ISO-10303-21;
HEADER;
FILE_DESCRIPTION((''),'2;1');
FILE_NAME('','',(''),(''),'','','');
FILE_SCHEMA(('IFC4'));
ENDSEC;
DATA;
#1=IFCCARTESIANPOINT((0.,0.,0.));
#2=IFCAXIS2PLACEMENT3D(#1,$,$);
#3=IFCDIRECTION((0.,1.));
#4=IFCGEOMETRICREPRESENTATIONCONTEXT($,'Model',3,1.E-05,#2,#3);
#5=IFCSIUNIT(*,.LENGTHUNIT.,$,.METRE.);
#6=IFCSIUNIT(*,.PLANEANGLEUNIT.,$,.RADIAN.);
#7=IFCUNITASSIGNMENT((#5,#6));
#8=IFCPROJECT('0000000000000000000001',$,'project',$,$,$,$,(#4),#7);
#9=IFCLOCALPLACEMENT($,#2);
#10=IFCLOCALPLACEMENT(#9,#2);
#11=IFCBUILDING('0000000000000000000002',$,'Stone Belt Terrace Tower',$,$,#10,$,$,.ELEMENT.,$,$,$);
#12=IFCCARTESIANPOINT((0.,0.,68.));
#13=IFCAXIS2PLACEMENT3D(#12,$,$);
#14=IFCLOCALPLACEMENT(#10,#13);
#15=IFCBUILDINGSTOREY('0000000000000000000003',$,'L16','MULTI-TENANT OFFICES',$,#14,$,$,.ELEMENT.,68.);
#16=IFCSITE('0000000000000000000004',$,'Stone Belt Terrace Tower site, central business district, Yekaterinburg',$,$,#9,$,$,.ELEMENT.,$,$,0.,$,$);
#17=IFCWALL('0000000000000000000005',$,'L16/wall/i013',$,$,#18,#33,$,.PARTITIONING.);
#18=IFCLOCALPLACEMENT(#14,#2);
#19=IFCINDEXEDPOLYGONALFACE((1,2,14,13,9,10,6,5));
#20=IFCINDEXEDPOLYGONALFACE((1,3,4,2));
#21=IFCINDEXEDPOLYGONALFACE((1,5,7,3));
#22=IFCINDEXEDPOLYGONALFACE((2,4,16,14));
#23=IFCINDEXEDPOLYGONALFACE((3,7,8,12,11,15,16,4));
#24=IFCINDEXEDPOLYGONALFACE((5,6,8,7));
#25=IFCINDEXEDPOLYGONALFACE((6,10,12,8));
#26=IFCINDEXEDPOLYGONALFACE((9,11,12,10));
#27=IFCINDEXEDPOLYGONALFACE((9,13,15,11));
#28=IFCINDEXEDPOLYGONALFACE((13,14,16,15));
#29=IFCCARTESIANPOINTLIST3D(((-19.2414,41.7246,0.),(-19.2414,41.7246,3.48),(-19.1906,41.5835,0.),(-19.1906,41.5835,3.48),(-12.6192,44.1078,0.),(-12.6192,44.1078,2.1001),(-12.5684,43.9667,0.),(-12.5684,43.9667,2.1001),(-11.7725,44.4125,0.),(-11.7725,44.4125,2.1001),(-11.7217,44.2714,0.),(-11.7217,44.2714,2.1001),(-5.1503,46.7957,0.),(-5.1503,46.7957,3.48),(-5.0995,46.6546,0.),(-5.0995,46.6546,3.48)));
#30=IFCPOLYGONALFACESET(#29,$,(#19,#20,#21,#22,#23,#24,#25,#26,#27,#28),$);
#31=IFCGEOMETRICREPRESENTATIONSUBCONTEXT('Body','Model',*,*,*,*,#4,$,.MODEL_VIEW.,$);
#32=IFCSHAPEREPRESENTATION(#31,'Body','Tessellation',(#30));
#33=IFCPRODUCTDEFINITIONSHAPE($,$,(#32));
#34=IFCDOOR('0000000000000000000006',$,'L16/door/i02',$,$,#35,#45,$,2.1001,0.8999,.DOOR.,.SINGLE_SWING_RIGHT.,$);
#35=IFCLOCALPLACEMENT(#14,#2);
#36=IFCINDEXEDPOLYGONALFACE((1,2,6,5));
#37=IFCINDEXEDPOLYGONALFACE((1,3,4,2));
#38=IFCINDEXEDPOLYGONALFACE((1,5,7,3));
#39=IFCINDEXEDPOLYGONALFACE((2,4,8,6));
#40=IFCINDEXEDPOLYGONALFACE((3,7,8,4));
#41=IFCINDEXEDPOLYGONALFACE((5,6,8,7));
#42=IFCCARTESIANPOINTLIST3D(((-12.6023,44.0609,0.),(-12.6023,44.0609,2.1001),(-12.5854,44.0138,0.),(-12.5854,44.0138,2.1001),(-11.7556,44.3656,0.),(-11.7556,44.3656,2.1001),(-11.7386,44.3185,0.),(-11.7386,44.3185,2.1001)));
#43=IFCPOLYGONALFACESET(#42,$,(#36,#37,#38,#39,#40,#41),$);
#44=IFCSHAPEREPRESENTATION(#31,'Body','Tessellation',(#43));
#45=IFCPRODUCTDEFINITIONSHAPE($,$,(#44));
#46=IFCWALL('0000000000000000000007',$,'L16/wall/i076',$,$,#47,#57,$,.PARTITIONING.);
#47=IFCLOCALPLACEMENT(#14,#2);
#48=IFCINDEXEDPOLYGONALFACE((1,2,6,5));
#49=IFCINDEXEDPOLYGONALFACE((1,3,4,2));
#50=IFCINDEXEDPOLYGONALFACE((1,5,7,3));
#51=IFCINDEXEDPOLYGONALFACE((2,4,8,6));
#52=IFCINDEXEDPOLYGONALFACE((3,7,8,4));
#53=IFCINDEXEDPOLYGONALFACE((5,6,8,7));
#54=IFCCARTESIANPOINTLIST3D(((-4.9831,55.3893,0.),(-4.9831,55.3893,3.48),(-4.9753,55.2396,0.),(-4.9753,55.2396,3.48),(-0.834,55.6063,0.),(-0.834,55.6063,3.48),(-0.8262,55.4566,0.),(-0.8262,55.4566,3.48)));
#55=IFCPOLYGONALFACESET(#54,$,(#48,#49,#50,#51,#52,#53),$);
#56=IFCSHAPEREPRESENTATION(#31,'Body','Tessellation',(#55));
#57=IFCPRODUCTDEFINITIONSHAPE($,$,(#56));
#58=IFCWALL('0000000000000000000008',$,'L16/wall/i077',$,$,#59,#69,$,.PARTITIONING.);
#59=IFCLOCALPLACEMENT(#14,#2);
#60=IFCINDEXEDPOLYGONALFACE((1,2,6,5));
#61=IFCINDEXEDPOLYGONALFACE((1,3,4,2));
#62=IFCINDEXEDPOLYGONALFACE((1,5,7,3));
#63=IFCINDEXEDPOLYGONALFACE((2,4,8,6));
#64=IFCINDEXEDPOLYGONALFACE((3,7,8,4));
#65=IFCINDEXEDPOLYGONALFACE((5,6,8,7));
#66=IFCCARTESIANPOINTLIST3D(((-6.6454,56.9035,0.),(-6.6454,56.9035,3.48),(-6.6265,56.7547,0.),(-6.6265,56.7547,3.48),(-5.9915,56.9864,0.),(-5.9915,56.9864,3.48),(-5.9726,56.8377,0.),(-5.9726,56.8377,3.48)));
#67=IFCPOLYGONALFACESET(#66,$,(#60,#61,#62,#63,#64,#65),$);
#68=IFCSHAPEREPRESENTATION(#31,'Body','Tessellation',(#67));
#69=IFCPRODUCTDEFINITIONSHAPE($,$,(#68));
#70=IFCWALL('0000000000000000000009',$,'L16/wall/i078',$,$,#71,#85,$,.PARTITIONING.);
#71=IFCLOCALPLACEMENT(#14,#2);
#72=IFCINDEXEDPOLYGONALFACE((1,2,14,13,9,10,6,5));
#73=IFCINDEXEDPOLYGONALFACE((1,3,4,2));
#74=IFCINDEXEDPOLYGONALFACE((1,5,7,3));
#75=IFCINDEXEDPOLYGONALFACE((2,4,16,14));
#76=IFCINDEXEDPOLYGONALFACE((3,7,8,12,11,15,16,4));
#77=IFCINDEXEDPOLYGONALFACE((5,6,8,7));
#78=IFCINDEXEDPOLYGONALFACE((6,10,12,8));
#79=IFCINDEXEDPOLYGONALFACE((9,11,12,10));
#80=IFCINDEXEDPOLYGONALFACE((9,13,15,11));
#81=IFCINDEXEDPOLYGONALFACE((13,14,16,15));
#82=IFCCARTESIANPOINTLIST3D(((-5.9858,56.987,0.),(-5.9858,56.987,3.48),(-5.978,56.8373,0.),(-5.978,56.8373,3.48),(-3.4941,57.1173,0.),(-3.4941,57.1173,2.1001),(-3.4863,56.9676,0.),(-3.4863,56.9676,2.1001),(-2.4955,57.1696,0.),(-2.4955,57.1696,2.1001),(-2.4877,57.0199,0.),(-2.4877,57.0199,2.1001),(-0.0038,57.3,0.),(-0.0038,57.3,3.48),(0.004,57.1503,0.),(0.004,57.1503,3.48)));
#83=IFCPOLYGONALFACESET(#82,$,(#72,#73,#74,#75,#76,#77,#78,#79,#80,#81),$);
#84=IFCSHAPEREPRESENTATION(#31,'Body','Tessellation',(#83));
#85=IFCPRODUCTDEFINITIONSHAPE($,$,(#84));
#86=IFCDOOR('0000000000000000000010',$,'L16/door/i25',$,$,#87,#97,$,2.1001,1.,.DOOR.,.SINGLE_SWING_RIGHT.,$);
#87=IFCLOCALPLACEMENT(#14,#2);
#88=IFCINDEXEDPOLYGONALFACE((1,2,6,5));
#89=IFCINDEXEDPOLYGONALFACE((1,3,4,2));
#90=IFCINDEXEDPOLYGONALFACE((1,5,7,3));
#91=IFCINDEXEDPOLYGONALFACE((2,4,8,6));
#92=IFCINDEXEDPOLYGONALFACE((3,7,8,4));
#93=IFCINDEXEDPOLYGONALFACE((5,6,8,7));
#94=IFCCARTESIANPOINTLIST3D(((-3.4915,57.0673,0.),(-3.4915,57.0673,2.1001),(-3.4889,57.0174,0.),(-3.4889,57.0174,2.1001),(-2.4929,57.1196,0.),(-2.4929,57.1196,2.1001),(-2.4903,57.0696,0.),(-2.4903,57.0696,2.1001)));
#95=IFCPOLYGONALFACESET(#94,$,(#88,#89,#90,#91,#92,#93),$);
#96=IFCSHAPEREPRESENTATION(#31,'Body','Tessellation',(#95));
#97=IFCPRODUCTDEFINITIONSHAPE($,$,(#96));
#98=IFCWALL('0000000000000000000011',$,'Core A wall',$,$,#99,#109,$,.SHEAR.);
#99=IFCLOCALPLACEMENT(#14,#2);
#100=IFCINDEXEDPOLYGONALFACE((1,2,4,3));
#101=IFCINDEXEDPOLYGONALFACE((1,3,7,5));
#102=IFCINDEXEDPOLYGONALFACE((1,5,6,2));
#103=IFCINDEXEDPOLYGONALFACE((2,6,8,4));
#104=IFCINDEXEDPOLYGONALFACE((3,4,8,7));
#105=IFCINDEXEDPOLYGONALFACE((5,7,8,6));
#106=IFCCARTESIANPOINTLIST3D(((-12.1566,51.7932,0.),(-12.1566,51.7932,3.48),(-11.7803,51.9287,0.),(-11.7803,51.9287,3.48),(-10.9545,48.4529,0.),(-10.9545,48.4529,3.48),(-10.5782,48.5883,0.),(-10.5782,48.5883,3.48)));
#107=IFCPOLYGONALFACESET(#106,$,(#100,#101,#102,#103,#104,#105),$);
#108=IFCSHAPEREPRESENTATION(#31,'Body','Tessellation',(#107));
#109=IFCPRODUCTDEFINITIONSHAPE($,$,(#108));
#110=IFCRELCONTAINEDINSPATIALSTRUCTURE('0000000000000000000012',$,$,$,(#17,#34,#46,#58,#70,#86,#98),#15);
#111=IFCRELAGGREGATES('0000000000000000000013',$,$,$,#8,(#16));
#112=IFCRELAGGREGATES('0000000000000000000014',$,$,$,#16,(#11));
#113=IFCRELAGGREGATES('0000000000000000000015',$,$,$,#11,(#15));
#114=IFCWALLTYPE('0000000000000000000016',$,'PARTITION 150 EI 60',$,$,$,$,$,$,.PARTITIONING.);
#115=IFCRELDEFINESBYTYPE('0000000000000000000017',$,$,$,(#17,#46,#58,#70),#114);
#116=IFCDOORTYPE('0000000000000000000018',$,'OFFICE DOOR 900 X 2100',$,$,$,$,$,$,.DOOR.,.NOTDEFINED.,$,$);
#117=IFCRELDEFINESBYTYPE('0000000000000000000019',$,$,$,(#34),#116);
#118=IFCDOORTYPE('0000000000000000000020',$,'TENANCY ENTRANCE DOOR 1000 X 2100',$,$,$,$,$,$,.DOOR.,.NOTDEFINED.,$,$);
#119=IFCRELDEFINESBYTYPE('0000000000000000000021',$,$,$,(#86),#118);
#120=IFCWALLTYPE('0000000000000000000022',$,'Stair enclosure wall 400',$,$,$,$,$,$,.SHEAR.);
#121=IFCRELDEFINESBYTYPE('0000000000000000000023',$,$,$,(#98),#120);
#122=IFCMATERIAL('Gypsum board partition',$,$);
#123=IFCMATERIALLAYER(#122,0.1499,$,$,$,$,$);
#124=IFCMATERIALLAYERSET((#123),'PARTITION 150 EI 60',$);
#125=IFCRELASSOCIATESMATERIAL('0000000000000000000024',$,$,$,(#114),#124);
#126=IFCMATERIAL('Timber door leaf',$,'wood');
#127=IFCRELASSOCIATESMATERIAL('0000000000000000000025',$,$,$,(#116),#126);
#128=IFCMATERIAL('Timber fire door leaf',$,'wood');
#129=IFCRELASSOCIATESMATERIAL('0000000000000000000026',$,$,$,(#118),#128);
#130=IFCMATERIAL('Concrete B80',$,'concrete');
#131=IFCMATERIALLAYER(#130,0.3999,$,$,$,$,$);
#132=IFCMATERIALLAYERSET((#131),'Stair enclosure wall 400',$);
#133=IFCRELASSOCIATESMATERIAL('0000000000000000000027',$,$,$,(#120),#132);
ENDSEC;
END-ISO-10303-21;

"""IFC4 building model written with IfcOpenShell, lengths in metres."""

from ifc_helpers import new_model, si_unit, direction, frame, frame_2d, origin, place, context, subcontext, project, spatial, rectangle, extrude, material, layer, layer_set, type_object, element, fill, save


model = new_model("IFC4")

# Units and contexts
model_context = context("Model", 3, precision=1e-05, world=origin(), true_north=direction((0.0, 1.0)))
body_context = subcontext(model_context, "Body", "Model", "MODEL_VIEW")
ifc_project = project(units=[si_unit("LENGTHUNIT", "METRE"), si_unit("PLANEANGLEUNIT", "RADIAN")], contexts=[model_context])

# Site, building, storey
site_placement = place(None, origin())
site = spatial("IfcSite", under=ifc_project, at=site_placement, Name="Stone Belt Terrace Tower site, central business district, Yekaterinburg", CompositionType="ELEMENT", RefElevation=0.0)
building_placement = place(site_placement, origin())
building = spatial("IfcBuilding", under=site, at=building_placement, Name="Stone Belt Terrace Tower", CompositionType="ELEMENT")
storey_placement = place(building_placement, frame((0.0, 0.0, 68.0)))
storey = spatial("IfcBuildingStorey", under=building, at=storey_placement, Name="L16", Description="MULTI-TENANT OFFICES", CompositionType="ELEMENT", Elevation=68.0)

# Shared definitions
ifc_material_1 = material(Name="Concrete B80", Category="concrete")

# Shared definitions
ifc_material_2 = material(Name="Timber door leaf", Category="wood")

# Shared definitions
ifc_material_3 = material(Name="Gypsum board partition")
ifc_layer_1 = layer(ifc_material_3, 0.1499)
ifc_layer_set_1 = layer_set([ifc_layer_1], Name="PARTITION 150 EI 60")
wall_type_1 = type_object("IfcWallType", Name="PARTITION 150 EI 60", PredefinedType="PARTITIONING", material=ifc_layer_set_1)
door_type_1 = type_object("IfcDoorType", Name="OFFICE DOOR 900 X 2100", OperationType="NOTDEFINED", PredefinedType="DOOR", material=ifc_material_2)

# Wall, opening, door
wall_1_placement = place(storey_placement, frame((-5.125, 46.7251, 0.0), z_axis=(0.0, 0.0, 1.0), x_axis=(-0.940924, -0.338617, 0.0)))
wall_1 = element("IfcWall", 1, at=wall_1_placement, inside=storey, type_object=wall_type_1, Name="L16/wall/i013", PredefinedType="PARTITIONING", context=body_context, shape_type="SweptSolid", body=[
    extrude(rectangle(XDim=14.9758, YDim=0.1499, at=frame_2d((7.4878, 0.0))), origin(), (0.0, 0.0, 1.0), 3.48),
])
opening_1_placement = place(wall_1_placement, frame((7.0378, 0.0, 0.0)))
opening_1 = element("IfcOpeningElement", 2, at=opening_1_placement, cuts=wall_1, PredefinedType="OPENING", context=body_context, shape_type="SweptSolid", body=[
    extrude(rectangle(XDim=0.8999, YDim=2.1001, at=frame_2d((0.45, 1.05))), frame((0.0, 0.085, 0.0), z_axis=(0.0, -1.0, 0.0), x_axis=(1.0, 0.0, 0.0)), (0.0, 0.0, 1.0), 0.1699),
])
door_1_placement = place(opening_1_placement, origin())
door_1 = element("IfcDoor", 3, at=door_1_placement, inside=storey, type_object=door_type_1, Name="L16/door/i02", OperationType="SINGLE_SWING_RIGHT", OverallHeight=2.1001, OverallWidth=0.8999, PredefinedType="DOOR", context=body_context, shape_type="SweptSolid", body=[
    extrude(rectangle(XDim=0.8999, YDim=2.1001, at=frame_2d((0.45, 1.05))), frame((0.0, 0.0249, 0.0), z_axis=(0.0, -1.0, 0.0), x_axis=(1.0, 0.0, 0.0)), (0.0, 0.0, 1.0), 0.05),
])
fill(opening_1, door_1)

# Walls
wall_2_placement = place(storey_placement, frame((-0.8301, 55.5315, 0.0), z_axis=(0.0, 0.0, 1.0), x_axis=(-0.998635, -0.052238, 0.0)))
element("IfcWall", 4, at=wall_2_placement, inside=storey, type_object=wall_type_1, Name="L16/wall/i076", PredefinedType="PARTITIONING", context=body_context, shape_type="SweptSolid", body=[
    extrude(rectangle(XDim=4.1548, YDim=0.1499, at=frame_2d((2.0774, 0.0))), origin(), (0.0, 0.0, 1.0), 3.48),
])
wall_3_placement = place(storey_placement, frame((-6.636, 56.8291, 0.0), z_axis=(0.0, 0.0, 1.0), x_axis=(0.992043, 0.125903, 0.0)))
element("IfcWall", 5, at=wall_3_placement, inside=storey, type_object=wall_type_1, Name="L16/wall/i077", PredefinedType="PARTITIONING", context=body_context, shape_type="SweptSolid", body=[
    extrude(rectangle(XDim=0.6592, YDim=0.1499, at=frame_2d((0.3296, 0.0))), origin(), (0.0, 0.0, 1.0), 3.48),
])

# Wall, opening, door
wall_4_placement = place(storey_placement, frame((-5.9819, 56.9121, 0.0), z_axis=(0.0, 0.0, 1.0), x_axis=(0.998634, 0.052251, 0.0)))
wall_4 = element("IfcWall", 6, at=wall_4_placement, inside=storey, type_object=wall_type_1, Name="L16/wall/i078", PredefinedType="PARTITIONING", context=body_context, shape_type="SweptSolid", body=[
    extrude(rectangle(XDim=5.9902, YDim=0.1499, at=frame_2d((2.9951, 0.0))), origin(), (0.0, 0.0, 1.0), 3.48),
])
opening_2_placement = place(wall_4_placement, frame((2.4951, 0.0, 0.0)))
opening_2 = element("IfcOpeningElement", 7, at=opening_2_placement, cuts=wall_4, PredefinedType="OPENING", context=body_context, shape_type="SweptSolid", body=[
    extrude(rectangle(XDim=1.0, YDim=2.1001, at=frame_2d((0.5, 1.05))), frame((0.0, 0.085, 0.0), z_axis=(0.0, -1.0, 0.0), x_axis=(1.0, 0.0, 0.0)), (0.0, 0.0, 1.0), 0.1699),
])
ifc_material_4 = material(Name="Timber fire door leaf", Category="wood")
door_type_2 = type_object("IfcDoorType", Name="TENANCY ENTRANCE DOOR 1000 X 2100", OperationType="NOTDEFINED", PredefinedType="DOOR", material=ifc_material_4)
door_2_placement = place(opening_2_placement, origin())
door_2 = element("IfcDoor", 8, at=door_2_placement, inside=storey, type_object=door_type_2, Name="L16/door/i25", OperationType="SINGLE_SWING_RIGHT", OverallHeight=2.1001, OverallWidth=1.0, PredefinedType="DOOR", context=body_context, shape_type="SweptSolid", body=[
    extrude(rectangle(XDim=1.0, YDim=2.1001, at=frame_2d((0.5, 1.05))), frame((0.0, 0.0249, 0.0), z_axis=(0.0, -1.0, 0.0), x_axis=(1.0, 0.0, 0.0)), (0.0, 0.0, 1.0), 0.05),
])
fill(opening_2, door_2)

# Wall
ifc_layer_2 = layer(ifc_material_1, 0.3999)
ifc_layer_set_2 = layer_set([ifc_layer_2], Name="Stair enclosure wall 400")
wall_type_2 = type_object("IfcWallType", Name="Stair enclosure wall 400", PredefinedType="SHEAR", material=ifc_layer_set_2)
wall_5_placement = place(storey_placement, frame((-10.7664, 48.5208, 0.0), z_axis=(0.0, 0.0, 1.0), x_axis=(-0.338627, 0.940921, 0.0)))
element("IfcWall", 9, at=wall_5_placement, inside=storey, type_object=wall_type_2, Name="Core A wall", PredefinedType="SHEAR", context=body_context, shape_type="SweptSolid", body=[
    extrude(rectangle(XDim=3.55, YDim=0.3999, at=frame_2d((1.7749, 0.0))), origin(), (0.0, 0.0, 1.0), 3.48),
])

save(model, "model.ifc")
